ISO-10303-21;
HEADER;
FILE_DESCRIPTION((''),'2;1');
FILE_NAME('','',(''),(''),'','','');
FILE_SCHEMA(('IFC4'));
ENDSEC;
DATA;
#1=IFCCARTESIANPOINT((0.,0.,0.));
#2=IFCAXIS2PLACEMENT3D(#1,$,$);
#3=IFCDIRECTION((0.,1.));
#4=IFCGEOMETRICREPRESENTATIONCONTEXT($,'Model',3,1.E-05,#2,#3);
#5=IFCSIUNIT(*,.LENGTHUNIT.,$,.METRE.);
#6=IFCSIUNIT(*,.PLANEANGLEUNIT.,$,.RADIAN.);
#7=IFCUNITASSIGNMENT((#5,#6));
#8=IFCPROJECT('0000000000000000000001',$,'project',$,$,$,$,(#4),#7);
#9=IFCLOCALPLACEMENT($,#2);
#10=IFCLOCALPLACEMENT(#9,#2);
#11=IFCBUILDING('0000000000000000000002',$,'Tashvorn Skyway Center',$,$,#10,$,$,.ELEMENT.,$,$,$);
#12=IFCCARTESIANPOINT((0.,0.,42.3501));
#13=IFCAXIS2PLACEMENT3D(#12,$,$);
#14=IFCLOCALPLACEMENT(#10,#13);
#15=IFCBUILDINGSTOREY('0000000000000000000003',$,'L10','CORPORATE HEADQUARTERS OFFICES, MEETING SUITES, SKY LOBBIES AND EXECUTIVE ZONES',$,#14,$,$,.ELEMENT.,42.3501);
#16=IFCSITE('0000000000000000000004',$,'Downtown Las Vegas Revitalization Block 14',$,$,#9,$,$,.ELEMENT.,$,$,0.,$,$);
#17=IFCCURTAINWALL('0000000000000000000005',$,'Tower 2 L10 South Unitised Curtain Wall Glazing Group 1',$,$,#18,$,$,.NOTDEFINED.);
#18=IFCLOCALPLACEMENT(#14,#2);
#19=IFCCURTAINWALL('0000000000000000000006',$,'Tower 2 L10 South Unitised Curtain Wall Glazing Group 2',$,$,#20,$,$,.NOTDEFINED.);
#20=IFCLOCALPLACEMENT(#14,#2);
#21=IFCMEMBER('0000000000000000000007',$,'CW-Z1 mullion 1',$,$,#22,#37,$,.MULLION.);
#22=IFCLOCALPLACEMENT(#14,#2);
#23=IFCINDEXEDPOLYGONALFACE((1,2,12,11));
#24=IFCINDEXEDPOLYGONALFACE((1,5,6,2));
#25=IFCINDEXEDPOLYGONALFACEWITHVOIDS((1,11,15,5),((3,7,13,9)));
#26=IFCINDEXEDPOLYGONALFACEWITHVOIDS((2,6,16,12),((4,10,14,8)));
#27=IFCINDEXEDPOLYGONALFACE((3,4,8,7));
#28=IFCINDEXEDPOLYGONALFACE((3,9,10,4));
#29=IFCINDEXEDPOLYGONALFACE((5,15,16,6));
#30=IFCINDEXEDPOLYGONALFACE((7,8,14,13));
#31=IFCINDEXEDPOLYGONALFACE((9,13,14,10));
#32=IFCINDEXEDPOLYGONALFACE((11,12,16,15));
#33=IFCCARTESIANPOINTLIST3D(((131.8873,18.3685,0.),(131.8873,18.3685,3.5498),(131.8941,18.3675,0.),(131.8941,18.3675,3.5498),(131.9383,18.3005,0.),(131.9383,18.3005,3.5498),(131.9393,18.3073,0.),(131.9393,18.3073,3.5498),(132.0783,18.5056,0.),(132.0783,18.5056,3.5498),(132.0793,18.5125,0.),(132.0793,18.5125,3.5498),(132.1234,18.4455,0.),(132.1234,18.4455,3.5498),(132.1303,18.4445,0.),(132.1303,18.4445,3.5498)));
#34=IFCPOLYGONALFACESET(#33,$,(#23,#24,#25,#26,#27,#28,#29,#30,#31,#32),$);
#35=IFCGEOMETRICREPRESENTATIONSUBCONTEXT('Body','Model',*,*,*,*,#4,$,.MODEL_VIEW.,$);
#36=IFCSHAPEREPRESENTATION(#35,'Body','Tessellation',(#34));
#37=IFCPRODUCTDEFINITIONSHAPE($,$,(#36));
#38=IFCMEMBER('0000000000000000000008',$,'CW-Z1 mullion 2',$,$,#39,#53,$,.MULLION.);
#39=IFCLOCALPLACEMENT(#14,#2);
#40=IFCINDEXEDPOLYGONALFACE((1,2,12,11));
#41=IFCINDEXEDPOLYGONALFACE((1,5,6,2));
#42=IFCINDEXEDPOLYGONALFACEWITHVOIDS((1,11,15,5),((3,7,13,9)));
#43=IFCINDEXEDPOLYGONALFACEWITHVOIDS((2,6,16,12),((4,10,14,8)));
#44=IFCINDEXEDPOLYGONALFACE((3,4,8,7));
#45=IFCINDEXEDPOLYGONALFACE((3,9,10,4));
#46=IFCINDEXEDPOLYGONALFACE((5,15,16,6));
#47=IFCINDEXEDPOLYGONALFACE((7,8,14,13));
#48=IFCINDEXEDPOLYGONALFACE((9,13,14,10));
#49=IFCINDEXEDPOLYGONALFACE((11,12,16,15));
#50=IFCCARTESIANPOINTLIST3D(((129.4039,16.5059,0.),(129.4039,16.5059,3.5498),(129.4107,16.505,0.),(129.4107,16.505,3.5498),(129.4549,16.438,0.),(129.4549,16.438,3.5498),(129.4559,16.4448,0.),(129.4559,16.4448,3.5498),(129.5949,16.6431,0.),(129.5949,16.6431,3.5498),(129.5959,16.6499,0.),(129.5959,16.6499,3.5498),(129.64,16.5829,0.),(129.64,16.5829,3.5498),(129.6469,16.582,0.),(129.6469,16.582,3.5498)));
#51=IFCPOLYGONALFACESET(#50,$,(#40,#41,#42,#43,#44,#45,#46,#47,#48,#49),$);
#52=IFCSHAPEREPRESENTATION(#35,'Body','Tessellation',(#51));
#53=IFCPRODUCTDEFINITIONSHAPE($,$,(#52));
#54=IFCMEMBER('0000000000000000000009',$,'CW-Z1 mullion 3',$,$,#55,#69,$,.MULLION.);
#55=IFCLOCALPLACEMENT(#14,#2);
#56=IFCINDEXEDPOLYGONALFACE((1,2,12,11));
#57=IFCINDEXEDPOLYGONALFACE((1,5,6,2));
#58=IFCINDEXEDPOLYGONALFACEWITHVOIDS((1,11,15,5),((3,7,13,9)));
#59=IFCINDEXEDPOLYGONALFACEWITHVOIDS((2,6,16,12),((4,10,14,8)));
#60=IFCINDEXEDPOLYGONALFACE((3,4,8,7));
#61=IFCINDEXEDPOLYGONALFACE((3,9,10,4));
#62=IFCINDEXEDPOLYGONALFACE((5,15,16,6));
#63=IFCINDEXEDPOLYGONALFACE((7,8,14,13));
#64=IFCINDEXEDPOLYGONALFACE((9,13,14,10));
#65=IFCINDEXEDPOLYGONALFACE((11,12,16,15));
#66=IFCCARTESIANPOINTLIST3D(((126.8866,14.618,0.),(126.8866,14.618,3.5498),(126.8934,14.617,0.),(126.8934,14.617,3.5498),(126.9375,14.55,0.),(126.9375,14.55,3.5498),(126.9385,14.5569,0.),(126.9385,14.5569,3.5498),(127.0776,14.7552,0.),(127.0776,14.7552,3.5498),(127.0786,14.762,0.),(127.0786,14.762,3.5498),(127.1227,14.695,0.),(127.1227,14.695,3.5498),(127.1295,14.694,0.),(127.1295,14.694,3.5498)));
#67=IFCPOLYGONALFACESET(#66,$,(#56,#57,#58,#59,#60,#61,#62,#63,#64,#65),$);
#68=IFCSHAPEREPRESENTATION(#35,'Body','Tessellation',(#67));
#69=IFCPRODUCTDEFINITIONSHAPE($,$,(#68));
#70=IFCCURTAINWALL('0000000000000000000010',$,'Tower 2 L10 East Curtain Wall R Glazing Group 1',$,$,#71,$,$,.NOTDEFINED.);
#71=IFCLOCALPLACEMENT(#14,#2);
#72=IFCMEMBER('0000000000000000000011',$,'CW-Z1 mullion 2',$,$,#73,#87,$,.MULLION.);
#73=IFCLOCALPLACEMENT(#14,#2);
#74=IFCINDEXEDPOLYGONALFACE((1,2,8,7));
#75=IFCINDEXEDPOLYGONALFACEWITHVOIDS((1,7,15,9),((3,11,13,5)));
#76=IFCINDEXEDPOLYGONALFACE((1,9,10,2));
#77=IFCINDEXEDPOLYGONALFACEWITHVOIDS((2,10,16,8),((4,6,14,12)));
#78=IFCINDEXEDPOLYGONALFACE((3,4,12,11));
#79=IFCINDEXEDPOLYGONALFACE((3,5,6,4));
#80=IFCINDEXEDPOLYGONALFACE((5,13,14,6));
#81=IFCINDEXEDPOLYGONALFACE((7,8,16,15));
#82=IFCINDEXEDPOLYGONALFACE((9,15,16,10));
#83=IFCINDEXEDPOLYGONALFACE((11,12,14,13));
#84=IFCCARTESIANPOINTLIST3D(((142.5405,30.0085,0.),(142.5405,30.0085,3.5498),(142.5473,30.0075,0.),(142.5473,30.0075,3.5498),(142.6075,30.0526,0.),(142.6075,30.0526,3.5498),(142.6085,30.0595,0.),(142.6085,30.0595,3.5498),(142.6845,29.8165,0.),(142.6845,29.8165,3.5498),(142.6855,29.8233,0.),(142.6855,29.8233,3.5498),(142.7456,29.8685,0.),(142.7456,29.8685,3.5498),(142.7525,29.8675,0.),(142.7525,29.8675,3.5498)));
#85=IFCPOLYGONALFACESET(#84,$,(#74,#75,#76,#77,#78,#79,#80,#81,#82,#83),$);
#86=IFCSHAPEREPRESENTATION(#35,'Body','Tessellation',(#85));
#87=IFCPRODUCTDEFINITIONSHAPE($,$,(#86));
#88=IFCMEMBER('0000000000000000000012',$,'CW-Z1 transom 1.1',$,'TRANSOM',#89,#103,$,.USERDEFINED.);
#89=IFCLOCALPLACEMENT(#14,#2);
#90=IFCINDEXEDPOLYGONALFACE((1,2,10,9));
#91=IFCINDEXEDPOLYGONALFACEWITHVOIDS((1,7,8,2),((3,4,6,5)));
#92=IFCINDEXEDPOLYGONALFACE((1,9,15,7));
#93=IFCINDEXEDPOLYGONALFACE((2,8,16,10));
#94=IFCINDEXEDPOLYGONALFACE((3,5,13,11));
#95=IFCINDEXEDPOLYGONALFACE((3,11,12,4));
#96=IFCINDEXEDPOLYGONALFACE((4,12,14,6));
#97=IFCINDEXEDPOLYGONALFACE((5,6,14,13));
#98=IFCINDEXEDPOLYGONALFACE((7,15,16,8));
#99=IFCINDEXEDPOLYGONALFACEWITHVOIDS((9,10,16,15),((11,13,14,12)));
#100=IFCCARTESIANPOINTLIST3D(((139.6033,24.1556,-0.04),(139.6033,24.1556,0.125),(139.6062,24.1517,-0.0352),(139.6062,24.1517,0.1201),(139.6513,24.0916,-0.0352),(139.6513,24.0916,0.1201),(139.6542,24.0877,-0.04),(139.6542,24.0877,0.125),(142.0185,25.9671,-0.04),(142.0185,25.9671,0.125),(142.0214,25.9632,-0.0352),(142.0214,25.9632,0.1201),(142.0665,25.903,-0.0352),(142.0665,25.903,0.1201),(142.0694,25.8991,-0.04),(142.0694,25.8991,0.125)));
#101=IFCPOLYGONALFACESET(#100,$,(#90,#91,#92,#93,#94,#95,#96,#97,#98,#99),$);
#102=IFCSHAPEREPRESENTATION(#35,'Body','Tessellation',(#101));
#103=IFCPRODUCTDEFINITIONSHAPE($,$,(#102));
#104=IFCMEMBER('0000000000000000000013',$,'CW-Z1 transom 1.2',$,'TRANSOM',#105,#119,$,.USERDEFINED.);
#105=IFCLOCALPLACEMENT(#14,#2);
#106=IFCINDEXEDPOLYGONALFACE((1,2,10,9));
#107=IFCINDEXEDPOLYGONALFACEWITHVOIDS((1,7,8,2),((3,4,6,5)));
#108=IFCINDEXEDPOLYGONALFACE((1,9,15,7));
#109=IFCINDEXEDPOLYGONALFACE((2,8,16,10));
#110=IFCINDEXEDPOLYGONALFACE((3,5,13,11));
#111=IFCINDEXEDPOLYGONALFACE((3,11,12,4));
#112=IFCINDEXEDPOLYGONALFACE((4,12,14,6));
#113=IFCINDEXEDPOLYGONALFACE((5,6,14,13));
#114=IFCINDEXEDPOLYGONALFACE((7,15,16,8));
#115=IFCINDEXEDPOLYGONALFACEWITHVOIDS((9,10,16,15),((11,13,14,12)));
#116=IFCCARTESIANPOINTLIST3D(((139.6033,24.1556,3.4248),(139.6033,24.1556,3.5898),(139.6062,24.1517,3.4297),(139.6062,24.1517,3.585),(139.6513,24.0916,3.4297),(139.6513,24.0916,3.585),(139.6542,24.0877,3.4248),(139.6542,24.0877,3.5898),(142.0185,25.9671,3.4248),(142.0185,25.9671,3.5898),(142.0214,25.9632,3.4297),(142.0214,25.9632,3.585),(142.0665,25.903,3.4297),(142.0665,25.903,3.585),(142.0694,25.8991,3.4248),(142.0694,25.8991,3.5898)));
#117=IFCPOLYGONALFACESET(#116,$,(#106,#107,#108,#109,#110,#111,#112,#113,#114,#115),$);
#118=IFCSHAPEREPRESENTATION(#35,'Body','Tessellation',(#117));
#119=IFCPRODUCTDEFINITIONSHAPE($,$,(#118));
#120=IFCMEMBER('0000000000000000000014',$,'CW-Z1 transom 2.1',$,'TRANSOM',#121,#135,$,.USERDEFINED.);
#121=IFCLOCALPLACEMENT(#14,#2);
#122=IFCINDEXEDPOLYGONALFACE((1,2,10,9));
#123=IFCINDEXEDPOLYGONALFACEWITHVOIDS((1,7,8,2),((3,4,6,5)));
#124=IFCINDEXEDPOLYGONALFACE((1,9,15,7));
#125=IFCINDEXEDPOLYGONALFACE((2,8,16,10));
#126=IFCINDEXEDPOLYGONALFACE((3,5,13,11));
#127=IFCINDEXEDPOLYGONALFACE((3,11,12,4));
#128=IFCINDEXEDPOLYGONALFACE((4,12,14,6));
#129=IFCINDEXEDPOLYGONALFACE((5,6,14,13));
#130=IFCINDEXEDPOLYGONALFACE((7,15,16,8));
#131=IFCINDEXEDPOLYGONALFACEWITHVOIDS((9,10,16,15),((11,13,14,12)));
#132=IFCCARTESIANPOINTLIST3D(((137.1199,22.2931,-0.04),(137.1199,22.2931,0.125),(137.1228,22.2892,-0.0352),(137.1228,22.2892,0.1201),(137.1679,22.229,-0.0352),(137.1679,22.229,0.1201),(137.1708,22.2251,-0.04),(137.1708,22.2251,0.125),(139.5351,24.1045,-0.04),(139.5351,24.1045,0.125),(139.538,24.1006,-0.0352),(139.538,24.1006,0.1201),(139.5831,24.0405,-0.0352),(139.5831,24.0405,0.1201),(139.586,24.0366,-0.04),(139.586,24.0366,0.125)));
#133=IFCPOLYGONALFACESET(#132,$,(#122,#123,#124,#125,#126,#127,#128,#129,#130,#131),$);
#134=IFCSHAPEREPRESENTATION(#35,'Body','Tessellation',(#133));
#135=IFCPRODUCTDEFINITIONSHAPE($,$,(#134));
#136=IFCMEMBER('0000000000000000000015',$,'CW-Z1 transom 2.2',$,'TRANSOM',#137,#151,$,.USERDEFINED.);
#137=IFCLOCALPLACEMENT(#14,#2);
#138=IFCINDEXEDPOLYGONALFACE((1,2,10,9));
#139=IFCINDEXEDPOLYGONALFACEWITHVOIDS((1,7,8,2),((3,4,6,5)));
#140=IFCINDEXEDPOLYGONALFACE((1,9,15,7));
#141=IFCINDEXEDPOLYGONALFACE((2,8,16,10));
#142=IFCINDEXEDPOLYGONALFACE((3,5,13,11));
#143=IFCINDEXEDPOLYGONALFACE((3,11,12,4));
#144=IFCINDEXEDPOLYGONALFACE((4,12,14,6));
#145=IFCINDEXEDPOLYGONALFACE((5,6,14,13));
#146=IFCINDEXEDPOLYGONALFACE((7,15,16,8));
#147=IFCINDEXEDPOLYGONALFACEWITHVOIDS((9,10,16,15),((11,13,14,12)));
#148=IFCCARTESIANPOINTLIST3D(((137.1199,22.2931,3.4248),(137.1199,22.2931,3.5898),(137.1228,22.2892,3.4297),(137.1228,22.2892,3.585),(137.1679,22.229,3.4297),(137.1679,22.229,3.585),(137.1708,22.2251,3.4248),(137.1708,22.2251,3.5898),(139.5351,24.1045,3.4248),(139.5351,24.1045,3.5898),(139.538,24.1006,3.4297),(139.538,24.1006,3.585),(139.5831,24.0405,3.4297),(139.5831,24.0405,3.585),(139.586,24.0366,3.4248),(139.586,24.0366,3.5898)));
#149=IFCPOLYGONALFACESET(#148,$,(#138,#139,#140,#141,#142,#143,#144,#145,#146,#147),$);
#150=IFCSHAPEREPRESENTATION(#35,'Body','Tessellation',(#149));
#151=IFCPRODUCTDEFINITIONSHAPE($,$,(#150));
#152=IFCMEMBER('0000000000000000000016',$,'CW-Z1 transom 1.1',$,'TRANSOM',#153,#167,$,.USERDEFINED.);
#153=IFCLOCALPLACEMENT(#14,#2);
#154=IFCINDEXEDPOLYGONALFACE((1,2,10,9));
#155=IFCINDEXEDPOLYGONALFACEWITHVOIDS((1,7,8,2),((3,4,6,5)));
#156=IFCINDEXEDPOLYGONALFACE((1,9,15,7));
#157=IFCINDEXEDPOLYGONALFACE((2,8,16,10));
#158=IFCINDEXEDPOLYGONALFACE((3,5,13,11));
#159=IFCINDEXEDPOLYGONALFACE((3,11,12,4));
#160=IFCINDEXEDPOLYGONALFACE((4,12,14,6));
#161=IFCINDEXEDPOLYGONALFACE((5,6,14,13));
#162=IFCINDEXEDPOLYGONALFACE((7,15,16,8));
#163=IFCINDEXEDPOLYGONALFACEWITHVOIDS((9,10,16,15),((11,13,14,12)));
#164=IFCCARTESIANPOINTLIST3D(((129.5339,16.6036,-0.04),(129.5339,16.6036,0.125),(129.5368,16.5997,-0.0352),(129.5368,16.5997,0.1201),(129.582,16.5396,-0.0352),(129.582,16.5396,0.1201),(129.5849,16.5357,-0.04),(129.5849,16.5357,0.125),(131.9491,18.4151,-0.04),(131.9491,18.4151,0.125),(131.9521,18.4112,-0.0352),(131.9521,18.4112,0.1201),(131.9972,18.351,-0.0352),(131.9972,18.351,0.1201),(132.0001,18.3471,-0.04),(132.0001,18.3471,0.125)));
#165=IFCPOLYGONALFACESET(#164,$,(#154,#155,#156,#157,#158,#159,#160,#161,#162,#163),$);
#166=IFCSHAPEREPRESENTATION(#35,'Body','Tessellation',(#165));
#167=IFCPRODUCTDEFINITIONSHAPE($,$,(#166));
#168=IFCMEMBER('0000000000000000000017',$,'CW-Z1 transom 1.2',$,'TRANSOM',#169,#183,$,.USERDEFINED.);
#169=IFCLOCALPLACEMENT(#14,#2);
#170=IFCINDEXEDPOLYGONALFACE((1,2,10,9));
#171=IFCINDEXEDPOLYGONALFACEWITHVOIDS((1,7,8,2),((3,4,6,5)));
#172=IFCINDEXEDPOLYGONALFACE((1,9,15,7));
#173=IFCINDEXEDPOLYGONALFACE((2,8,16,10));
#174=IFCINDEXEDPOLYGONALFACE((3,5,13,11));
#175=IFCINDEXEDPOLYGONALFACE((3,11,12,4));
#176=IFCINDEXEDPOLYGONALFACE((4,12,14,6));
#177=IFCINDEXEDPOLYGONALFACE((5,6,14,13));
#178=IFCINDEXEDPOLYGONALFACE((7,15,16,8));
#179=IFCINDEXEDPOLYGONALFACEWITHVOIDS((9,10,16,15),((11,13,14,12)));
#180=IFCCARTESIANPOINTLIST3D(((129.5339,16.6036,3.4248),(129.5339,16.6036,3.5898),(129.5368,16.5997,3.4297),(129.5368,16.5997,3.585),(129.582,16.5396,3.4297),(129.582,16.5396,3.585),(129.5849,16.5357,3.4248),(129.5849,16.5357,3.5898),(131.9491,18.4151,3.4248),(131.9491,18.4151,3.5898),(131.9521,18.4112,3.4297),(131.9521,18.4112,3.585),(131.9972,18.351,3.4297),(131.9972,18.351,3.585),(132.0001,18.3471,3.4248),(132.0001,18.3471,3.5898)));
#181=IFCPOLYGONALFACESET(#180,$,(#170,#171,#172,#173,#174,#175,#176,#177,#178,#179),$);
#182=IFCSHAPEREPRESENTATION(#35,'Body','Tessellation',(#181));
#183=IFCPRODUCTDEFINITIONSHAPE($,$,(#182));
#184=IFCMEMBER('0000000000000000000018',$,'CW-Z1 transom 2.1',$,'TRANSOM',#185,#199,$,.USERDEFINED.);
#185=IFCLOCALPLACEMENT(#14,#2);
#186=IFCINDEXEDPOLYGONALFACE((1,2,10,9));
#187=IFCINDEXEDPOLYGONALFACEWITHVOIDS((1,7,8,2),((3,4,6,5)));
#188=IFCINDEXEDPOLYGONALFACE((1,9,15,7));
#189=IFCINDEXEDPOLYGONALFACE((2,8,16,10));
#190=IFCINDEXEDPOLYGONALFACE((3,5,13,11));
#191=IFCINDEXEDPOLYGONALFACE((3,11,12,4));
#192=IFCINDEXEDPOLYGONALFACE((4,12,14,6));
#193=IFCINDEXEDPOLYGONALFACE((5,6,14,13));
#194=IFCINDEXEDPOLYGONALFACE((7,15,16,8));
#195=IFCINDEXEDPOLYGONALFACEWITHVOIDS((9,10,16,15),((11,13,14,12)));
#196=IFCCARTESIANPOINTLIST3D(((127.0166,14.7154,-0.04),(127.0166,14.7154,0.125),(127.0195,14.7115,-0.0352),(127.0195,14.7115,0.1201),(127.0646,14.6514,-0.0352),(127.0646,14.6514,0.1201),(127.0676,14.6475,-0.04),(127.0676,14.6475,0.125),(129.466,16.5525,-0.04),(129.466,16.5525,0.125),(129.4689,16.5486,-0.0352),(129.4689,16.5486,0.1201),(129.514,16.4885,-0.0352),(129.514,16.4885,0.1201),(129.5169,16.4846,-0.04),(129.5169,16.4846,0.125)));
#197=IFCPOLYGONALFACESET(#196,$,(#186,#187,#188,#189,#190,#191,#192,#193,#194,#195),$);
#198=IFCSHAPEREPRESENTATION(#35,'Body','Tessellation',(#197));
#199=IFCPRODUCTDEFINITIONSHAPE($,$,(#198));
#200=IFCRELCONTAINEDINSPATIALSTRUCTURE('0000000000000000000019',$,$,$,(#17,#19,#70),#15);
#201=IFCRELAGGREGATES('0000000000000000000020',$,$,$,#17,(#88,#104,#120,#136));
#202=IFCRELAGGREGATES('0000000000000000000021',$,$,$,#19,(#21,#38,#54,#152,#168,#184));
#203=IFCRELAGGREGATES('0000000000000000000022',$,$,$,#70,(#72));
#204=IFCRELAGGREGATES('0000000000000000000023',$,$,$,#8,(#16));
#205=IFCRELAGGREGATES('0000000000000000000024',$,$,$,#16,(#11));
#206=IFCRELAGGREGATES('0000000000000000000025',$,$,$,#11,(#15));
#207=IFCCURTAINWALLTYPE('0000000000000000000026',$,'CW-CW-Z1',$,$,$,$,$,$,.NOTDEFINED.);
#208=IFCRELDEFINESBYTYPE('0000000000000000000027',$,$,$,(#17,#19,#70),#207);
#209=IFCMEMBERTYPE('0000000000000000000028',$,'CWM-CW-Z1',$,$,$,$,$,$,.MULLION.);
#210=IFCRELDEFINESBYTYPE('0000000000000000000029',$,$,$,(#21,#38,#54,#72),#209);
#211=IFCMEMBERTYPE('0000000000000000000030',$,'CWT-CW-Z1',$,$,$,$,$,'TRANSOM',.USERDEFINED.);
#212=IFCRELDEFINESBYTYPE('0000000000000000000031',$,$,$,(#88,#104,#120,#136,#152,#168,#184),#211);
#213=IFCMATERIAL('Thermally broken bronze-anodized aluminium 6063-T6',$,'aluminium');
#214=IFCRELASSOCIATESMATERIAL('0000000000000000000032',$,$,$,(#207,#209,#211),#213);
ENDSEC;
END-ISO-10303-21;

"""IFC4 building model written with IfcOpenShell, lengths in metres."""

from ifc_helpers import new_model, si_unit, direction, frame, origin, origin_2d, place, context, subcontext, project, spatial, hollow_rectangle, extrude, material, material_profile, profile_set, type_object, element, aggregate, save


model = new_model("IFC4")

# Units and contexts
model_context = context("Model", 3, precision=1e-05, world=origin(), true_north=direction((0.0, 1.0)))
body_context = subcontext(model_context, "Body", "Model", "MODEL_VIEW")
ifc_project = project(units=[si_unit("LENGTHUNIT", "METRE"), si_unit("PLANEANGLEUNIT", "RADIAN")], contexts=[model_context])

# Site, building, storey
site_placement = place(None, origin())
site = spatial("IfcSite", under=ifc_project, at=site_placement, Name="Downtown Las Vegas Revitalization Block 14", CompositionType="ELEMENT", RefElevation=0.0)
building_placement = place(site_placement, origin())
building = spatial("IfcBuilding", under=site, at=building_placement, Name="Tashvorn Skyway Center", CompositionType="ELEMENT")
storey_placement = place(building_placement, frame((0.0, 0.0, 42.3501)))
storey = spatial("IfcBuildingStorey", under=building, at=storey_placement, Name="L10", Description="CORPORATE HEADQUARTERS OFFICES, MEETING SUITES, SKY LOBBIES AND EXECUTIVE ZONES", CompositionType="ELEMENT", Elevation=42.3501)

# Curtain walls, members
ifc_material_1 = material(Name="Thermally broken bronze-anodized aluminium 6063-T6", Category="aluminium")
curtain_wall_type = type_object("IfcCurtainWallType", Name="CW-CW-Z1", PredefinedType="NOTDEFINED", material=ifc_material_1)
curtain_wall_1_placement = place(storey_placement, origin())
curtain_wall_1 = element("IfcCurtainWall", 1, at=curtain_wall_1_placement, inside=storey, type_object=curtain_wall_type, Name="Tower 2 L10 South Unitised Curtain Wall Glazing Group 1", PredefinedType="NOTDEFINED")
ifc_material_profile_1 = material_profile(ifc_material_1, hollow_rectangle(XDim=0.085, YDim=0.24, WallThickness=0.0049, at=origin_2d()), Name="ALU-MULL-85x240")
ifc_profile_set_1 = profile_set([ifc_material_profile_1], Name="Thermally broken bronze-anodized aluminium 6063-T6")
member_type_1 = type_object("IfcMemberType", Name="CWM-CW-Z1", PredefinedType="MULLION", material=ifc_profile_set_1)
curtain_wall_2_placement = place(storey_placement, origin())
curtain_wall_2 = element("IfcCurtainWall", 2, at=curtain_wall_2_placement, inside=storey, type_object=curtain_wall_type, Name="Tower 2 L10 South Unitised Curtain Wall Glazing Group 2", PredefinedType="NOTDEFINED")
member_1_placement = place(storey_placement, frame((132.0088, 18.4065, 0.0), z_axis=(0.0, 0.0, 1.0), x_axis=(0.599997, -0.800002, 0.0)))
member_1 = element("IfcMember", 3, at=member_1_placement, type_object=member_type_1, Name="CW-Z1 mullion 1", PredefinedType="MULLION", context=body_context, shape_type="SweptSolid", body=[
    extrude(hollow_rectangle(XDim=0.085, YDim=0.24, WallThickness=0.0049, at=origin_2d()), origin(), (0.0, 0.0, 1.0), 3.5498),
])
member_2_placement = place(storey_placement, frame((129.5254, 16.5439, 0.0), z_axis=(0.0, 0.0, 1.0), x_axis=(0.599997, -0.800002, 0.0)))
member_2 = element("IfcMember", 4, at=member_2_placement, type_object=member_type_1, Name="CW-Z1 mullion 2", PredefinedType="MULLION", context=body_context, shape_type="SweptSolid", body=[
    extrude(hollow_rectangle(XDim=0.085, YDim=0.24, WallThickness=0.0049, at=origin_2d()), origin(), (0.0, 0.0, 1.0), 3.5498),
])
member_3_placement = place(storey_placement, frame((127.0081, 14.656, 0.0), z_axis=(0.0, 0.0, 1.0), x_axis=(0.599997, -0.800002, 0.0)))
member_3 = element("IfcMember", 5, at=member_3_placement, type_object=member_type_1, Name="CW-Z1 mullion 3", PredefinedType="MULLION", context=body_context, shape_type="SweptSolid", body=[
    extrude(hollow_rectangle(XDim=0.085, YDim=0.24, WallThickness=0.0049, at=origin_2d()), origin(), (0.0, 0.0, 1.0), 3.5498),
])

# Curtain wall, member
curtain_wall_3_placement = place(storey_placement, origin())
curtain_wall_3 = element("IfcCurtainWall", 6, at=curtain_wall_3_placement, inside=storey, type_object=curtain_wall_type, Name="Tower 2 L10 East Curtain Wall R Glazing Group 1", PredefinedType="NOTDEFINED")
member_4_placement = place(storey_placement, frame((142.6465, 29.938, 0.0), z_axis=(0.0, 0.0, 1.0), x_axis=(0.799998, 0.600003, 0.0)))
member_4 = element("IfcMember", 7, at=member_4_placement, type_object=member_type_1, Name="CW-Z1 mullion 2", PredefinedType="MULLION", context=body_context, shape_type="SweptSolid", body=[
    extrude(hollow_rectangle(XDim=0.085, YDim=0.24, WallThickness=0.0049, at=origin_2d()), origin(), (0.0, 0.0, 1.0), 3.5498),
])

# Members
ifc_material_profile_2 = material_profile(ifc_material_1, hollow_rectangle(XDim=0.085, YDim=0.165, WallThickness=0.0049, at=origin_2d()), Name="ALU-TRAN-85x165")
ifc_profile_set_2 = profile_set([ifc_material_profile_2], Name="Thermally broken bronze-anodized aluminium 6063-T6")
member_type_2 = type_object("IfcMemberType", Name="CWT-CW-Z1", ElementType="TRANSOM", PredefinedType="USERDEFINED", material=ifc_profile_set_2)
member_5_placement = place(storey_placement, frame((142.0439, 25.9331, 0.0425), z_axis=(-0.79999, -0.600013, 0.0), x_axis=(0.600013, -0.79999, 0.0)))
member_5 = element("IfcMember", 8, at=member_5_placement, type_object=member_type_2, Name="CW-Z1 transom 1.1", ObjectType="TRANSOM", PredefinedType="USERDEFINED", context=body_context, shape_type="SweptSolid", body=[
    extrude(hollow_rectangle(XDim=0.085, YDim=0.165, WallThickness=0.0049, at=origin_2d()), origin(), (0.0, 0.0, 1.0), 3.019),
])
member_6_placement = place(storey_placement, frame((142.0439, 25.9331, 3.5073), z_axis=(-0.79999, -0.600013, 0.0), x_axis=(0.600013, -0.79999, 0.0)))
member_6 = element("IfcMember", 9, at=member_6_placement, type_object=member_type_2, Name="CW-Z1 transom 1.2", ObjectType="TRANSOM", PredefinedType="USERDEFINED", context=body_context, shape_type="SweptSolid", body=[
    extrude(hollow_rectangle(XDim=0.085, YDim=0.165, WallThickness=0.0049, at=origin_2d()), origin(), (0.0, 0.0, 1.0), 3.019),
])
member_7_placement = place(storey_placement, frame((139.5605, 24.0706, 0.0425), z_axis=(-0.79999, -0.600013, 0.0), x_axis=(0.600013, -0.79999, 0.0)))
member_7 = element("IfcMember", 10, at=member_7_placement, type_object=member_type_2, Name="CW-Z1 transom 2.1", ObjectType="TRANSOM", PredefinedType="USERDEFINED", context=body_context, shape_type="SweptSolid", body=[
    extrude(hollow_rectangle(XDim=0.085, YDim=0.165, WallThickness=0.0049, at=origin_2d()), origin(), (0.0, 0.0, 1.0), 3.019),
])
member_8_placement = place(storey_placement, frame((139.5605, 24.0706, 3.5073), z_axis=(-0.79999, -0.600013, 0.0), x_axis=(0.600013, -0.79999, 0.0)))
member_8 = element("IfcMember", 11, at=member_8_placement, type_object=member_type_2, Name="CW-Z1 transom 2.2", ObjectType="TRANSOM", PredefinedType="USERDEFINED", context=body_context, shape_type="SweptSolid", body=[
    extrude(hollow_rectangle(XDim=0.085, YDim=0.165, WallThickness=0.0049, at=origin_2d()), origin(), (0.0, 0.0, 1.0), 3.019),
])
member_9_placement = place(storey_placement, frame((131.9746, 18.3811, 0.0425), z_axis=(-0.79999, -0.600013, 0.0), x_axis=(0.600013, -0.79999, 0.0)))
member_9 = element("IfcMember", 12, at=member_9_placement, type_object=member_type_2, Name="CW-Z1 transom 1.1", ObjectType="TRANSOM", PredefinedType="USERDEFINED", context=body_context, shape_type="SweptSolid", body=[
    extrude(hollow_rectangle(XDim=0.085, YDim=0.165, WallThickness=0.0049, at=origin_2d()), origin(), (0.0, 0.0, 1.0), 3.019),
])
member_10_placement = place(storey_placement, frame((131.9746, 18.3811, 3.5073), z_axis=(-0.79999, -0.600013, 0.0), x_axis=(0.600013, -0.79999, 0.0)))
member_10 = element("IfcMember", 13, at=member_10_placement, type_object=member_type_2, Name="CW-Z1 transom 1.2", ObjectType="TRANSOM", PredefinedType="USERDEFINED", context=body_context, shape_type="SweptSolid", body=[
    extrude(hollow_rectangle(XDim=0.085, YDim=0.165, WallThickness=0.0049, at=origin_2d()), origin(), (0.0, 0.0, 1.0), 3.019),
])
member_11_placement = place(storey_placement, frame((129.4915, 16.5186, 0.0425), z_axis=(-0.79999, -0.600013, 0.0), x_axis=(0.600013, -0.79999, 0.0)))
member_11 = element("IfcMember", 14, at=member_11_placement, type_object=member_type_2, Name="CW-Z1 transom 2.1", ObjectType="TRANSOM", PredefinedType="USERDEFINED", context=body_context, shape_type="SweptSolid", body=[
    extrude(hollow_rectangle(XDim=0.085, YDim=0.165, WallThickness=0.0049, at=origin_2d()), origin(), (0.0, 0.0, 1.0), 3.0618),
])

aggregate(curtain_wall_1, [member_5, member_6, member_7, member_8])
aggregate(curtain_wall_2, [member_1, member_2, member_3, member_9, member_10, member_11])
aggregate(curtain_wall_3, [member_4])

save(model, "model.ifc")
